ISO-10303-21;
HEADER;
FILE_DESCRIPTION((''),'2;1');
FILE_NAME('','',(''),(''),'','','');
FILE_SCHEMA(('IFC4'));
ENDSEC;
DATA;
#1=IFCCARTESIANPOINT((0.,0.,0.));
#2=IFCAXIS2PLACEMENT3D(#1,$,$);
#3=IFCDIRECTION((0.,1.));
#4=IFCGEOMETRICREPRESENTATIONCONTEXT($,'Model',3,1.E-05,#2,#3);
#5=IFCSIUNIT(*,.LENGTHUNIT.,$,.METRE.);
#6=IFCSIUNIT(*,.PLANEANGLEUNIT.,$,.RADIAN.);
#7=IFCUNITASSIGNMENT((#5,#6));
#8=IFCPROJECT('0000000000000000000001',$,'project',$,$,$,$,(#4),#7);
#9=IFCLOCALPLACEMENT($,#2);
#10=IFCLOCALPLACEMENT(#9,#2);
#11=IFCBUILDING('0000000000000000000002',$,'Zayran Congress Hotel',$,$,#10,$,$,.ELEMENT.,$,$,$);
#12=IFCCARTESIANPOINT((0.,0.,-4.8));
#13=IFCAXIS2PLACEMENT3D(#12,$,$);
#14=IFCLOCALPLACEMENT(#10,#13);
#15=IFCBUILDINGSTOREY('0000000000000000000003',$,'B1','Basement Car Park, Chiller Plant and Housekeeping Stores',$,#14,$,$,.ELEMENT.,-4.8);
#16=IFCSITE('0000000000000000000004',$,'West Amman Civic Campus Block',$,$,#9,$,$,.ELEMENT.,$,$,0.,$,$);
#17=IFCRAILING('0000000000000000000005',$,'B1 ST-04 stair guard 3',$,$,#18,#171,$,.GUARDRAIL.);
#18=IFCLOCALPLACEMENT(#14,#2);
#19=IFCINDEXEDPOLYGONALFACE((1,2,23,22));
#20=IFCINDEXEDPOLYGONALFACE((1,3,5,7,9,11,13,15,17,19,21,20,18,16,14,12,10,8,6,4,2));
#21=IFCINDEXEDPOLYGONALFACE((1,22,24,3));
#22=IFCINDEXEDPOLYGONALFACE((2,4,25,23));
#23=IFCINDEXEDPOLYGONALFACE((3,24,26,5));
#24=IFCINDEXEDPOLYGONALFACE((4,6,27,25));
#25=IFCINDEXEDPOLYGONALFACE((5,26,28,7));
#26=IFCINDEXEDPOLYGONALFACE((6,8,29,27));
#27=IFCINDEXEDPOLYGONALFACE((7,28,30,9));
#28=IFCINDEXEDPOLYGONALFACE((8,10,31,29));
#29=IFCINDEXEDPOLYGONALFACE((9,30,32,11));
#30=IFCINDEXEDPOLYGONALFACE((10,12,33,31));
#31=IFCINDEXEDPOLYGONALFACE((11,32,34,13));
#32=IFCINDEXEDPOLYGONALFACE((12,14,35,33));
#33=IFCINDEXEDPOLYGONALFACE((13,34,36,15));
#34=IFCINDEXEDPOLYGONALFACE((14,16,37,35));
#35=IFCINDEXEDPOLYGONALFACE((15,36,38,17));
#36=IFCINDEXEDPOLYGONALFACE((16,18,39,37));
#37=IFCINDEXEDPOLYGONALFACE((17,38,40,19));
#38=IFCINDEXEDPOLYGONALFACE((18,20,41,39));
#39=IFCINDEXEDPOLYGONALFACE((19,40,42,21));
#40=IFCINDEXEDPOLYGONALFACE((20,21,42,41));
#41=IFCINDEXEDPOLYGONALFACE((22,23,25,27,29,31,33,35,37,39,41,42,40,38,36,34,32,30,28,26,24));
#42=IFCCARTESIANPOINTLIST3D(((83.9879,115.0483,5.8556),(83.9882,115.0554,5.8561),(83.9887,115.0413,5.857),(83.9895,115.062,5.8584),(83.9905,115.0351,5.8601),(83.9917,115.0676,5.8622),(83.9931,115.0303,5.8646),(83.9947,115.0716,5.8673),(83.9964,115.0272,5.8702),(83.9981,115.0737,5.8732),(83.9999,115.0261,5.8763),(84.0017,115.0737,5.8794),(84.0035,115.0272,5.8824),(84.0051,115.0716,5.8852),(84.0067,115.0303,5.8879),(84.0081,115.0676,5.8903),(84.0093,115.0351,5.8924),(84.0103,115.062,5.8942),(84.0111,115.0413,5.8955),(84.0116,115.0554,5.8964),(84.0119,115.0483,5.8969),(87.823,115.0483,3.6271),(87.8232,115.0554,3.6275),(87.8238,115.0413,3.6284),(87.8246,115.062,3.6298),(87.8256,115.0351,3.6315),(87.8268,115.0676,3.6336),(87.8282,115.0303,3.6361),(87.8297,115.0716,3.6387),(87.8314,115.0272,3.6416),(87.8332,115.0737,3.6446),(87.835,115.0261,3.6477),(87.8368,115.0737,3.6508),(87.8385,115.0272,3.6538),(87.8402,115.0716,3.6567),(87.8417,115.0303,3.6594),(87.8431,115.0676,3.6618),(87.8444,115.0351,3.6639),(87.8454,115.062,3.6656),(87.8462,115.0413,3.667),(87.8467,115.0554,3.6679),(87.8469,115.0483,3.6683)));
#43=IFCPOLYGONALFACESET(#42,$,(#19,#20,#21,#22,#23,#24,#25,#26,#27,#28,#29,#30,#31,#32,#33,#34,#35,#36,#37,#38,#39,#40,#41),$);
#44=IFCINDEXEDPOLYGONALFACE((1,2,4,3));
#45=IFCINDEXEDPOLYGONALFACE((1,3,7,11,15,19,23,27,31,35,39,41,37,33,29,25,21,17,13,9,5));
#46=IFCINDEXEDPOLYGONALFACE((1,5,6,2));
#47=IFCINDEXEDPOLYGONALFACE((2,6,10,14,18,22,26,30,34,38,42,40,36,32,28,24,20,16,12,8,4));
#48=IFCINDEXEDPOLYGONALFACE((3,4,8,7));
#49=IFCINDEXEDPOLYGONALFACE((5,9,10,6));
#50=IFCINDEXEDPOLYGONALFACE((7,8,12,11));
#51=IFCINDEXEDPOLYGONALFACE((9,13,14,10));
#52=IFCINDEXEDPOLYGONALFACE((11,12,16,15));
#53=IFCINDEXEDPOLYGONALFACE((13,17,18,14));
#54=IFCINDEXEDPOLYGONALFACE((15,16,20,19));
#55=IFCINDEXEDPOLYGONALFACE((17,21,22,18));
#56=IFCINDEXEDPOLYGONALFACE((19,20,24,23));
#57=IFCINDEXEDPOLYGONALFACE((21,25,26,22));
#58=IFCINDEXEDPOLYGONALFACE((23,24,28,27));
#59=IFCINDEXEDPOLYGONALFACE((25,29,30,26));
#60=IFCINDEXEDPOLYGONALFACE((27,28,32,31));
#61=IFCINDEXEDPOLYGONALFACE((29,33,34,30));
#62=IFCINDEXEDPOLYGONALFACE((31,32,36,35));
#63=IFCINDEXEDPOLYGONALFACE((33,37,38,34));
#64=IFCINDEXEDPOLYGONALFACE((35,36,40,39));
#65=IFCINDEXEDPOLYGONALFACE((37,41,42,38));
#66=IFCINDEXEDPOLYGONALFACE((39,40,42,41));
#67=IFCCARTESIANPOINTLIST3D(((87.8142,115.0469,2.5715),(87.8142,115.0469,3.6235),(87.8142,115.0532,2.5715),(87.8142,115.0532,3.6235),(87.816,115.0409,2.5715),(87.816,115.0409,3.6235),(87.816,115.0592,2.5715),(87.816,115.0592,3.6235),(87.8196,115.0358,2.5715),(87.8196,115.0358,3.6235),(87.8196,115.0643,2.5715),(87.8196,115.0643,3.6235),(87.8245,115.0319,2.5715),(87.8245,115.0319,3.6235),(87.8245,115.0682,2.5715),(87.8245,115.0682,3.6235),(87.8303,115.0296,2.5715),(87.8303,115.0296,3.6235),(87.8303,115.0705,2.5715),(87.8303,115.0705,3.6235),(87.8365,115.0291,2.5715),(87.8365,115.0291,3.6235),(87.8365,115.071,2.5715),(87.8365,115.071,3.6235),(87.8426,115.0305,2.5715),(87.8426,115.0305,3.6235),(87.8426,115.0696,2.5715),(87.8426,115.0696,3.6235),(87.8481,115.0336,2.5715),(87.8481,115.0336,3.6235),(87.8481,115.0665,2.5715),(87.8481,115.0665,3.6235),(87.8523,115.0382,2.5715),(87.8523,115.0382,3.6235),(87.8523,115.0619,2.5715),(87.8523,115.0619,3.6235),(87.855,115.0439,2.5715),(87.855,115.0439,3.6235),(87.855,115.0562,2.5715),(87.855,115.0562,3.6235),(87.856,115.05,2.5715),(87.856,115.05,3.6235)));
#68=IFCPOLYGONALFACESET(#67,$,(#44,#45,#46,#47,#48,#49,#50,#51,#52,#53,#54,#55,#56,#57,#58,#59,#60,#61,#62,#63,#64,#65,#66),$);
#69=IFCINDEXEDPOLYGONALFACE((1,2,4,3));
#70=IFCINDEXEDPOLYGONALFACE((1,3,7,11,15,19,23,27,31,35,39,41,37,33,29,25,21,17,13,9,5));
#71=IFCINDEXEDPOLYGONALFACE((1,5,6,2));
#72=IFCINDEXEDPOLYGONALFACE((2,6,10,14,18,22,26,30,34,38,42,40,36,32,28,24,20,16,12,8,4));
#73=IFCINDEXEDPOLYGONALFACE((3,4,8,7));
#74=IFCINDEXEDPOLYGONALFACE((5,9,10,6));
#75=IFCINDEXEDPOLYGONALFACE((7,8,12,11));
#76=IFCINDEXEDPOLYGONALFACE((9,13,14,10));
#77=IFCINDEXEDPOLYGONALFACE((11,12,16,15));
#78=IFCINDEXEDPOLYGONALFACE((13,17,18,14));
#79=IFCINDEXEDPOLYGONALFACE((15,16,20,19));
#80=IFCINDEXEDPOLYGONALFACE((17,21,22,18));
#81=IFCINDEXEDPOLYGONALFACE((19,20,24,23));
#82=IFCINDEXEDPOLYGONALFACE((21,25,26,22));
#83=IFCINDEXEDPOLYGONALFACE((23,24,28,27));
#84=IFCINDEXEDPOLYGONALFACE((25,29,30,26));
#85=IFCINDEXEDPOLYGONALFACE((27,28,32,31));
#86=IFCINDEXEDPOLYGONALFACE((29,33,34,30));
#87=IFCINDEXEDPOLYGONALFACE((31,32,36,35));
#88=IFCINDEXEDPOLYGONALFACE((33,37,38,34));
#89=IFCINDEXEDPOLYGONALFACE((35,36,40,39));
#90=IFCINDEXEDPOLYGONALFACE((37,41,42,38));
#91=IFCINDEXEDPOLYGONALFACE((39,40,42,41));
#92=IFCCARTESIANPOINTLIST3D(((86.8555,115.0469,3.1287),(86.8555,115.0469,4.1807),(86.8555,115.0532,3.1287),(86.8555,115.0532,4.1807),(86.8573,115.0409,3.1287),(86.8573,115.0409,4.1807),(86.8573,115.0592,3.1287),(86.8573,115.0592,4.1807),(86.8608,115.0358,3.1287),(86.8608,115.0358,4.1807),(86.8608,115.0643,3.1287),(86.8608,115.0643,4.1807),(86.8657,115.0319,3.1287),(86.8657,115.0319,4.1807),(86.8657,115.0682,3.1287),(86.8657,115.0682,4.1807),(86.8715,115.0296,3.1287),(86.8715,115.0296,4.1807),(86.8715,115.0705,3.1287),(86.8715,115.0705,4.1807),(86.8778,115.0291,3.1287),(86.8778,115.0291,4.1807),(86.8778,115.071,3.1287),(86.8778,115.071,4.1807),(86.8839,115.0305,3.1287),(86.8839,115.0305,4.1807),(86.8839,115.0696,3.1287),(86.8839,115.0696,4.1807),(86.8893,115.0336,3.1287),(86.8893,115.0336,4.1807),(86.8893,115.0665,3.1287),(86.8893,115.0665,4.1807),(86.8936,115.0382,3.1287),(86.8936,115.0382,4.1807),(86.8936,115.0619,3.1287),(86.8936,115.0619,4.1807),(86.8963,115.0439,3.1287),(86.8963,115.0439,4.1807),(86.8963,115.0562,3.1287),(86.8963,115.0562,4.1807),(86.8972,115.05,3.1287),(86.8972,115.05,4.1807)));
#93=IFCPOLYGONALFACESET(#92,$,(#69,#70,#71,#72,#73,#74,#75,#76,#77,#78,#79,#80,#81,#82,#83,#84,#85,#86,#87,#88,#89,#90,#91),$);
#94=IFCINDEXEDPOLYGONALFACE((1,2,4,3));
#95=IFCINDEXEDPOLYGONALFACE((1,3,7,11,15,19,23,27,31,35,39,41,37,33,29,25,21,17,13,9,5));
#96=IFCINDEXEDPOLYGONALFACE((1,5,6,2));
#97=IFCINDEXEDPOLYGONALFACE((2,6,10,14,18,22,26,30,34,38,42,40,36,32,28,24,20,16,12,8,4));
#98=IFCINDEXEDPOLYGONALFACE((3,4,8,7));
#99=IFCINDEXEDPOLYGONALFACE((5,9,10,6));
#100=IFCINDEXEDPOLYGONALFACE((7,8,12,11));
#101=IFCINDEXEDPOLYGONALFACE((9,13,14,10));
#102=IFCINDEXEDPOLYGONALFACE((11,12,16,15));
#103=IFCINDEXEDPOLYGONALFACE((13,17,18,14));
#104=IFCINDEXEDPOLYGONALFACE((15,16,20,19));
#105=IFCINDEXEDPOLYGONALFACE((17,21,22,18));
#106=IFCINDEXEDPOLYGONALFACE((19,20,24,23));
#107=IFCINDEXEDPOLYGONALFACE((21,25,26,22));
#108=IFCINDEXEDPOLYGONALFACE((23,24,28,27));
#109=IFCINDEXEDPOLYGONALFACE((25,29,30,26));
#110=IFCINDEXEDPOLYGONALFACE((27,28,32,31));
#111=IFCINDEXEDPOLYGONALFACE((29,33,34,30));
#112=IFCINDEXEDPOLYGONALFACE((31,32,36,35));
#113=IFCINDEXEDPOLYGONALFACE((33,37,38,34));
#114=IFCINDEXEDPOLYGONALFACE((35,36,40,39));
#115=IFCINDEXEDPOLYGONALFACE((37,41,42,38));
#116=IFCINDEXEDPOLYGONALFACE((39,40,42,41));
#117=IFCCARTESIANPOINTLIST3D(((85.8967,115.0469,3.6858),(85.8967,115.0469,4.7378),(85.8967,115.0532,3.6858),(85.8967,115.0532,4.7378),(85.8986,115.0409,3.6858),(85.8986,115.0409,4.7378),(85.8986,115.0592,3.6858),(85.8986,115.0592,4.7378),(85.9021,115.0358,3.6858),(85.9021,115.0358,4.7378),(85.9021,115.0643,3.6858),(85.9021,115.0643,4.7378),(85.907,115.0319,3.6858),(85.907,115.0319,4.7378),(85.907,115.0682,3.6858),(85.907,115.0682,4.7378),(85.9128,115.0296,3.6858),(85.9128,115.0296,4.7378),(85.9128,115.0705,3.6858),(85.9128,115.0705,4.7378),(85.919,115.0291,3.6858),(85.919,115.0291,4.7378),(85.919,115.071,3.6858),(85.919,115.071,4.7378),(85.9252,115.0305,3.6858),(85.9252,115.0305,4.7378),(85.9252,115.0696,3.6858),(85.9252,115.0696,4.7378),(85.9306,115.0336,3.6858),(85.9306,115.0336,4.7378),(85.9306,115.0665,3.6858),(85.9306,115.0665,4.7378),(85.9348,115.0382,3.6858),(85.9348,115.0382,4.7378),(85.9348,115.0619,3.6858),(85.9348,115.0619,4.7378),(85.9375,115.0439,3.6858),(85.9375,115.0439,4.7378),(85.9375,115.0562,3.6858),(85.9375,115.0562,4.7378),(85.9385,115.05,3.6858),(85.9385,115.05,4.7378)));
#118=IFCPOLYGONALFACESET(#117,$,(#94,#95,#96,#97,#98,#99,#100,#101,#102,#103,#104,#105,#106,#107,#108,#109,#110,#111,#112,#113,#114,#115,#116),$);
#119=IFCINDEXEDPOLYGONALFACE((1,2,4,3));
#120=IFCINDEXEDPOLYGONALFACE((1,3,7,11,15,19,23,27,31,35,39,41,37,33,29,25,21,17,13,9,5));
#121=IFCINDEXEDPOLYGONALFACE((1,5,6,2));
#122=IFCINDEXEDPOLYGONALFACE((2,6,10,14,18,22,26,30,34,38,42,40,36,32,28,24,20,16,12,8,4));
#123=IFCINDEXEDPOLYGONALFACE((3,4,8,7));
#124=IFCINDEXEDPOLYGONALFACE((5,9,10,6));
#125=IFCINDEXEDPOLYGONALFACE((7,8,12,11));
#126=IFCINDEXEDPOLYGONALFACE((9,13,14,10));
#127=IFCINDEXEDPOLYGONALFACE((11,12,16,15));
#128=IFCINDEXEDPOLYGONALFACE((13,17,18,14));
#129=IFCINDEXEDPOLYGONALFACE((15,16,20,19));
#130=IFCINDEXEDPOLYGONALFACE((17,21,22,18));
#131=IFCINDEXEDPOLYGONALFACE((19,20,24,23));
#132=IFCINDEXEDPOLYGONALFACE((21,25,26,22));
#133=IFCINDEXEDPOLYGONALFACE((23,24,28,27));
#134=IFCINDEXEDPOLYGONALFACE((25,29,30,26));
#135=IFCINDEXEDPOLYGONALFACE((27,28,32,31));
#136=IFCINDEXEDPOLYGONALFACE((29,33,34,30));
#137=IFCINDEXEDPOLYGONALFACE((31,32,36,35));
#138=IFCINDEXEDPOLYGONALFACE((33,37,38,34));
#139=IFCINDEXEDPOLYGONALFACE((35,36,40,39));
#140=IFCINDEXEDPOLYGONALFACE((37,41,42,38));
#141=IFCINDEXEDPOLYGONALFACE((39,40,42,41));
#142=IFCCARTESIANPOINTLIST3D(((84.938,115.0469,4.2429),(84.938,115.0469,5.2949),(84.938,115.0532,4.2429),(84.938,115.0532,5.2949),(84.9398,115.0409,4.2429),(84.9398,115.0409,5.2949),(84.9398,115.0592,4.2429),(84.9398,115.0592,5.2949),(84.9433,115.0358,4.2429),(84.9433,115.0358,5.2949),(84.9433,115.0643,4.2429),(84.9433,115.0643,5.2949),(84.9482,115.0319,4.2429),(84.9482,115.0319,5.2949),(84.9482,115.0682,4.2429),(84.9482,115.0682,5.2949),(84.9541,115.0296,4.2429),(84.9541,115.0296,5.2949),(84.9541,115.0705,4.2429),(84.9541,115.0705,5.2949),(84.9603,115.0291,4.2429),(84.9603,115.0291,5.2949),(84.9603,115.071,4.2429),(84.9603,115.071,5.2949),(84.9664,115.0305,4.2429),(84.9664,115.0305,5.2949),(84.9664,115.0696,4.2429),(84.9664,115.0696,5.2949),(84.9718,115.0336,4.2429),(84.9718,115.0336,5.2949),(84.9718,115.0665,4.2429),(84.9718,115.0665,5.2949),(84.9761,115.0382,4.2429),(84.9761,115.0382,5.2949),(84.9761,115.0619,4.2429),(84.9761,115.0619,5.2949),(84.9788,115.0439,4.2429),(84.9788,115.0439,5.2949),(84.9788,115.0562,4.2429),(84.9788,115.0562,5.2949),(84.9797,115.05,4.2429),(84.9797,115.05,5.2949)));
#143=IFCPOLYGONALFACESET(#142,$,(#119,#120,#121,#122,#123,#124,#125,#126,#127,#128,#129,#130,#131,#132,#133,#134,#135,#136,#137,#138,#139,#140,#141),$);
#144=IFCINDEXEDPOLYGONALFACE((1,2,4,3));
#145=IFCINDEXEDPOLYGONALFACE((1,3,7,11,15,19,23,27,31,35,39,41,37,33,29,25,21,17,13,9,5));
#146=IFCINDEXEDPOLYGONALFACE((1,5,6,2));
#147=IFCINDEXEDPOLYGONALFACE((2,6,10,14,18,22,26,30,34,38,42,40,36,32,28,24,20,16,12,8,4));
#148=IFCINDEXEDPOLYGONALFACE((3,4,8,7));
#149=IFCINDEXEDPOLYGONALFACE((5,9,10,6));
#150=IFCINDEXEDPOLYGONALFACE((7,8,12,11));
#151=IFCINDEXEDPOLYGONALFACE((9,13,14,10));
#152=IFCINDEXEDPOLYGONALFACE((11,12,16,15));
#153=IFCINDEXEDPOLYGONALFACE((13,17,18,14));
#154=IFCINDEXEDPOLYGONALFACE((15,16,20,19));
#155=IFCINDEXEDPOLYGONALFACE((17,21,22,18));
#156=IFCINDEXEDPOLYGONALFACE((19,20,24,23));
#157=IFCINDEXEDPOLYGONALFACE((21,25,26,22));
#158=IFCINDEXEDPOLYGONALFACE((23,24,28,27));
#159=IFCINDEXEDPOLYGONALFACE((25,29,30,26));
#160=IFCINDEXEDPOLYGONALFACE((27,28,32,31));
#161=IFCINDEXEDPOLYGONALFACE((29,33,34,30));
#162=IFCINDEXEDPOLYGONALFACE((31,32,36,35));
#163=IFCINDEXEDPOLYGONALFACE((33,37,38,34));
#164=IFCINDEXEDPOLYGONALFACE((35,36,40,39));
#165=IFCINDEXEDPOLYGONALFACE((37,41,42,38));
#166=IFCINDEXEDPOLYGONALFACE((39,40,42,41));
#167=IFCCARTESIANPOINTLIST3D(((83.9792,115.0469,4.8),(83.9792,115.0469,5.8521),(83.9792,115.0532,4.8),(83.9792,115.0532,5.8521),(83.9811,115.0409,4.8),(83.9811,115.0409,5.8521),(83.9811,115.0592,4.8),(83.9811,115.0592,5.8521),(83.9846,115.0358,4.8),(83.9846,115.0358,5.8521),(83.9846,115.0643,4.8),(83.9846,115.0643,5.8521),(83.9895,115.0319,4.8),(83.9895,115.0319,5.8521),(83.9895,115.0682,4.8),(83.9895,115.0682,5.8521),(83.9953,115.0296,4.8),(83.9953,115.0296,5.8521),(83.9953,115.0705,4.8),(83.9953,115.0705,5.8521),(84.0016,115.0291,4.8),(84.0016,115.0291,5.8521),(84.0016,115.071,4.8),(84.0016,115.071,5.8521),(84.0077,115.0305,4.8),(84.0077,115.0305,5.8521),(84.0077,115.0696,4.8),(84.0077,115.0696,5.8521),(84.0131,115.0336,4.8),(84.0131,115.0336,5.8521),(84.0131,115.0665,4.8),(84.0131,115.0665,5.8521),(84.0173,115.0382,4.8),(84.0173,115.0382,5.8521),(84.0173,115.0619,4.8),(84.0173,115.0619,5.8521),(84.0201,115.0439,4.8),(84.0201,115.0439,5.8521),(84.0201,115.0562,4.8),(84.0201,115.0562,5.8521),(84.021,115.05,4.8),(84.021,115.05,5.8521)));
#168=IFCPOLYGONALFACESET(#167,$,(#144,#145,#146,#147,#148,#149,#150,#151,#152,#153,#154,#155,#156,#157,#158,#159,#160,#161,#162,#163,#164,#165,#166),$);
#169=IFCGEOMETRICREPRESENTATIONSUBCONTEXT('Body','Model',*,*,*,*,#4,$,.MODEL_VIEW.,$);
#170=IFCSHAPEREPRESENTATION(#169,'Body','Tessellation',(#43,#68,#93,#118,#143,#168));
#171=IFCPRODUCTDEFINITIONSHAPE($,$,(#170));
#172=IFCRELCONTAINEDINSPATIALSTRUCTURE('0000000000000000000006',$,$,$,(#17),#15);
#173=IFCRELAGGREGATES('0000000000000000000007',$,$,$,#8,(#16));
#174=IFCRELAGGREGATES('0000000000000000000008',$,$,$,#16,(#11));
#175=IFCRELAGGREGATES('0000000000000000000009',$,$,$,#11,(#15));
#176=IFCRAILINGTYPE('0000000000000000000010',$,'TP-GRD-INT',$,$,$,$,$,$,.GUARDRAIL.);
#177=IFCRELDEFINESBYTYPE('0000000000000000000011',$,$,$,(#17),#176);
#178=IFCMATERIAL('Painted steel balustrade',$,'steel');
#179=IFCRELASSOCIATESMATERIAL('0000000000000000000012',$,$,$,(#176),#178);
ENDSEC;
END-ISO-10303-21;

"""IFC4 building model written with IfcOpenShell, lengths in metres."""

from ifc_helpers import new_model, si_unit, direction, frame, origin, origin_2d, place, context, subcontext, project, spatial, circle, extrude, material, type_object, element, save


model = new_model("IFC4")

# Units and contexts
model_context = context("Model", 3, precision=1e-05, world=origin(), true_north=direction((0.0, 1.0)))
body_context = subcontext(model_context, "Body", "Model", "MODEL_VIEW")
ifc_project = project(units=[si_unit("LENGTHUNIT", "METRE"), si_unit("PLANEANGLEUNIT", "RADIAN")], contexts=[model_context])

# Site, building, storey
site_placement = place(None, origin())
site = spatial("IfcSite", under=ifc_project, at=site_placement, Name="West Amman Civic Campus Block", CompositionType="ELEMENT", RefElevation=0.0)
building_placement = place(site_placement, origin())
building = spatial("IfcBuilding", under=site, at=building_placement, Name="Zayran Congress Hotel", CompositionType="ELEMENT")
storey_placement = place(building_placement, frame((0.0, 0.0, -4.8)))
storey = spatial("IfcBuildingStorey", under=building, at=storey_placement, Name="B1", Description="Basement Car Park, Chiller Plant and Housekeeping Stores", CompositionType="ELEMENT", Elevation=-4.8)

# Railing
ifc_material_1 = material(Name="Painted steel balustrade", Category="steel")
railing_type_1 = type_object("IfcRailingType", Name="TP-GRD-INT", PredefinedType="GUARDRAIL", material=ifc_material_1)
railing_1_placement = place(storey_placement, frame((87.835, 115.05, 2.5715)))
element("IfcRailing", 1, at=railing_1_placement, inside=storey, type_object=railing_type_1, Name="B1 ST-04 stair guard 3", PredefinedType="GUARDRAIL", context=body_context, shape_type="SweptSolid", body=[
    extrude(circle(Radius=0.0239, at=origin_2d()), frame((0.0, 0.0, 1.0762), z_axis=(-0.864616, 0.0, 0.502433), x_axis=(0.0, -1.0, 0.0)), (0.0, 0.0, 1.0), 4.4355),
    extrude(circle(Radius=0.021, at=origin_2d()), origin(), (0.0, 0.0, 1.0), 1.052),
    extrude(circle(Radius=0.021, at=origin_2d()), frame((-0.9587, 0.0, 0.5571)), (0.0, 0.0, 1.0), 1.052),
    extrude(circle(Radius=0.021, at=origin_2d()), frame((-1.9175, 0.0, 1.1143)), (0.0, 0.0, 1.0), 1.052),
    extrude(circle(Radius=0.021, at=origin_2d()), frame((-2.8762, 0.0, 1.6714)), (0.0, 0.0, 1.0), 1.052),
    extrude(circle(Radius=0.021, at=origin_2d()), frame((-3.835, 0.0, 2.2285)), (0.0, 0.0, 1.0), 1.052),
])

save(model, "model.ifc")
